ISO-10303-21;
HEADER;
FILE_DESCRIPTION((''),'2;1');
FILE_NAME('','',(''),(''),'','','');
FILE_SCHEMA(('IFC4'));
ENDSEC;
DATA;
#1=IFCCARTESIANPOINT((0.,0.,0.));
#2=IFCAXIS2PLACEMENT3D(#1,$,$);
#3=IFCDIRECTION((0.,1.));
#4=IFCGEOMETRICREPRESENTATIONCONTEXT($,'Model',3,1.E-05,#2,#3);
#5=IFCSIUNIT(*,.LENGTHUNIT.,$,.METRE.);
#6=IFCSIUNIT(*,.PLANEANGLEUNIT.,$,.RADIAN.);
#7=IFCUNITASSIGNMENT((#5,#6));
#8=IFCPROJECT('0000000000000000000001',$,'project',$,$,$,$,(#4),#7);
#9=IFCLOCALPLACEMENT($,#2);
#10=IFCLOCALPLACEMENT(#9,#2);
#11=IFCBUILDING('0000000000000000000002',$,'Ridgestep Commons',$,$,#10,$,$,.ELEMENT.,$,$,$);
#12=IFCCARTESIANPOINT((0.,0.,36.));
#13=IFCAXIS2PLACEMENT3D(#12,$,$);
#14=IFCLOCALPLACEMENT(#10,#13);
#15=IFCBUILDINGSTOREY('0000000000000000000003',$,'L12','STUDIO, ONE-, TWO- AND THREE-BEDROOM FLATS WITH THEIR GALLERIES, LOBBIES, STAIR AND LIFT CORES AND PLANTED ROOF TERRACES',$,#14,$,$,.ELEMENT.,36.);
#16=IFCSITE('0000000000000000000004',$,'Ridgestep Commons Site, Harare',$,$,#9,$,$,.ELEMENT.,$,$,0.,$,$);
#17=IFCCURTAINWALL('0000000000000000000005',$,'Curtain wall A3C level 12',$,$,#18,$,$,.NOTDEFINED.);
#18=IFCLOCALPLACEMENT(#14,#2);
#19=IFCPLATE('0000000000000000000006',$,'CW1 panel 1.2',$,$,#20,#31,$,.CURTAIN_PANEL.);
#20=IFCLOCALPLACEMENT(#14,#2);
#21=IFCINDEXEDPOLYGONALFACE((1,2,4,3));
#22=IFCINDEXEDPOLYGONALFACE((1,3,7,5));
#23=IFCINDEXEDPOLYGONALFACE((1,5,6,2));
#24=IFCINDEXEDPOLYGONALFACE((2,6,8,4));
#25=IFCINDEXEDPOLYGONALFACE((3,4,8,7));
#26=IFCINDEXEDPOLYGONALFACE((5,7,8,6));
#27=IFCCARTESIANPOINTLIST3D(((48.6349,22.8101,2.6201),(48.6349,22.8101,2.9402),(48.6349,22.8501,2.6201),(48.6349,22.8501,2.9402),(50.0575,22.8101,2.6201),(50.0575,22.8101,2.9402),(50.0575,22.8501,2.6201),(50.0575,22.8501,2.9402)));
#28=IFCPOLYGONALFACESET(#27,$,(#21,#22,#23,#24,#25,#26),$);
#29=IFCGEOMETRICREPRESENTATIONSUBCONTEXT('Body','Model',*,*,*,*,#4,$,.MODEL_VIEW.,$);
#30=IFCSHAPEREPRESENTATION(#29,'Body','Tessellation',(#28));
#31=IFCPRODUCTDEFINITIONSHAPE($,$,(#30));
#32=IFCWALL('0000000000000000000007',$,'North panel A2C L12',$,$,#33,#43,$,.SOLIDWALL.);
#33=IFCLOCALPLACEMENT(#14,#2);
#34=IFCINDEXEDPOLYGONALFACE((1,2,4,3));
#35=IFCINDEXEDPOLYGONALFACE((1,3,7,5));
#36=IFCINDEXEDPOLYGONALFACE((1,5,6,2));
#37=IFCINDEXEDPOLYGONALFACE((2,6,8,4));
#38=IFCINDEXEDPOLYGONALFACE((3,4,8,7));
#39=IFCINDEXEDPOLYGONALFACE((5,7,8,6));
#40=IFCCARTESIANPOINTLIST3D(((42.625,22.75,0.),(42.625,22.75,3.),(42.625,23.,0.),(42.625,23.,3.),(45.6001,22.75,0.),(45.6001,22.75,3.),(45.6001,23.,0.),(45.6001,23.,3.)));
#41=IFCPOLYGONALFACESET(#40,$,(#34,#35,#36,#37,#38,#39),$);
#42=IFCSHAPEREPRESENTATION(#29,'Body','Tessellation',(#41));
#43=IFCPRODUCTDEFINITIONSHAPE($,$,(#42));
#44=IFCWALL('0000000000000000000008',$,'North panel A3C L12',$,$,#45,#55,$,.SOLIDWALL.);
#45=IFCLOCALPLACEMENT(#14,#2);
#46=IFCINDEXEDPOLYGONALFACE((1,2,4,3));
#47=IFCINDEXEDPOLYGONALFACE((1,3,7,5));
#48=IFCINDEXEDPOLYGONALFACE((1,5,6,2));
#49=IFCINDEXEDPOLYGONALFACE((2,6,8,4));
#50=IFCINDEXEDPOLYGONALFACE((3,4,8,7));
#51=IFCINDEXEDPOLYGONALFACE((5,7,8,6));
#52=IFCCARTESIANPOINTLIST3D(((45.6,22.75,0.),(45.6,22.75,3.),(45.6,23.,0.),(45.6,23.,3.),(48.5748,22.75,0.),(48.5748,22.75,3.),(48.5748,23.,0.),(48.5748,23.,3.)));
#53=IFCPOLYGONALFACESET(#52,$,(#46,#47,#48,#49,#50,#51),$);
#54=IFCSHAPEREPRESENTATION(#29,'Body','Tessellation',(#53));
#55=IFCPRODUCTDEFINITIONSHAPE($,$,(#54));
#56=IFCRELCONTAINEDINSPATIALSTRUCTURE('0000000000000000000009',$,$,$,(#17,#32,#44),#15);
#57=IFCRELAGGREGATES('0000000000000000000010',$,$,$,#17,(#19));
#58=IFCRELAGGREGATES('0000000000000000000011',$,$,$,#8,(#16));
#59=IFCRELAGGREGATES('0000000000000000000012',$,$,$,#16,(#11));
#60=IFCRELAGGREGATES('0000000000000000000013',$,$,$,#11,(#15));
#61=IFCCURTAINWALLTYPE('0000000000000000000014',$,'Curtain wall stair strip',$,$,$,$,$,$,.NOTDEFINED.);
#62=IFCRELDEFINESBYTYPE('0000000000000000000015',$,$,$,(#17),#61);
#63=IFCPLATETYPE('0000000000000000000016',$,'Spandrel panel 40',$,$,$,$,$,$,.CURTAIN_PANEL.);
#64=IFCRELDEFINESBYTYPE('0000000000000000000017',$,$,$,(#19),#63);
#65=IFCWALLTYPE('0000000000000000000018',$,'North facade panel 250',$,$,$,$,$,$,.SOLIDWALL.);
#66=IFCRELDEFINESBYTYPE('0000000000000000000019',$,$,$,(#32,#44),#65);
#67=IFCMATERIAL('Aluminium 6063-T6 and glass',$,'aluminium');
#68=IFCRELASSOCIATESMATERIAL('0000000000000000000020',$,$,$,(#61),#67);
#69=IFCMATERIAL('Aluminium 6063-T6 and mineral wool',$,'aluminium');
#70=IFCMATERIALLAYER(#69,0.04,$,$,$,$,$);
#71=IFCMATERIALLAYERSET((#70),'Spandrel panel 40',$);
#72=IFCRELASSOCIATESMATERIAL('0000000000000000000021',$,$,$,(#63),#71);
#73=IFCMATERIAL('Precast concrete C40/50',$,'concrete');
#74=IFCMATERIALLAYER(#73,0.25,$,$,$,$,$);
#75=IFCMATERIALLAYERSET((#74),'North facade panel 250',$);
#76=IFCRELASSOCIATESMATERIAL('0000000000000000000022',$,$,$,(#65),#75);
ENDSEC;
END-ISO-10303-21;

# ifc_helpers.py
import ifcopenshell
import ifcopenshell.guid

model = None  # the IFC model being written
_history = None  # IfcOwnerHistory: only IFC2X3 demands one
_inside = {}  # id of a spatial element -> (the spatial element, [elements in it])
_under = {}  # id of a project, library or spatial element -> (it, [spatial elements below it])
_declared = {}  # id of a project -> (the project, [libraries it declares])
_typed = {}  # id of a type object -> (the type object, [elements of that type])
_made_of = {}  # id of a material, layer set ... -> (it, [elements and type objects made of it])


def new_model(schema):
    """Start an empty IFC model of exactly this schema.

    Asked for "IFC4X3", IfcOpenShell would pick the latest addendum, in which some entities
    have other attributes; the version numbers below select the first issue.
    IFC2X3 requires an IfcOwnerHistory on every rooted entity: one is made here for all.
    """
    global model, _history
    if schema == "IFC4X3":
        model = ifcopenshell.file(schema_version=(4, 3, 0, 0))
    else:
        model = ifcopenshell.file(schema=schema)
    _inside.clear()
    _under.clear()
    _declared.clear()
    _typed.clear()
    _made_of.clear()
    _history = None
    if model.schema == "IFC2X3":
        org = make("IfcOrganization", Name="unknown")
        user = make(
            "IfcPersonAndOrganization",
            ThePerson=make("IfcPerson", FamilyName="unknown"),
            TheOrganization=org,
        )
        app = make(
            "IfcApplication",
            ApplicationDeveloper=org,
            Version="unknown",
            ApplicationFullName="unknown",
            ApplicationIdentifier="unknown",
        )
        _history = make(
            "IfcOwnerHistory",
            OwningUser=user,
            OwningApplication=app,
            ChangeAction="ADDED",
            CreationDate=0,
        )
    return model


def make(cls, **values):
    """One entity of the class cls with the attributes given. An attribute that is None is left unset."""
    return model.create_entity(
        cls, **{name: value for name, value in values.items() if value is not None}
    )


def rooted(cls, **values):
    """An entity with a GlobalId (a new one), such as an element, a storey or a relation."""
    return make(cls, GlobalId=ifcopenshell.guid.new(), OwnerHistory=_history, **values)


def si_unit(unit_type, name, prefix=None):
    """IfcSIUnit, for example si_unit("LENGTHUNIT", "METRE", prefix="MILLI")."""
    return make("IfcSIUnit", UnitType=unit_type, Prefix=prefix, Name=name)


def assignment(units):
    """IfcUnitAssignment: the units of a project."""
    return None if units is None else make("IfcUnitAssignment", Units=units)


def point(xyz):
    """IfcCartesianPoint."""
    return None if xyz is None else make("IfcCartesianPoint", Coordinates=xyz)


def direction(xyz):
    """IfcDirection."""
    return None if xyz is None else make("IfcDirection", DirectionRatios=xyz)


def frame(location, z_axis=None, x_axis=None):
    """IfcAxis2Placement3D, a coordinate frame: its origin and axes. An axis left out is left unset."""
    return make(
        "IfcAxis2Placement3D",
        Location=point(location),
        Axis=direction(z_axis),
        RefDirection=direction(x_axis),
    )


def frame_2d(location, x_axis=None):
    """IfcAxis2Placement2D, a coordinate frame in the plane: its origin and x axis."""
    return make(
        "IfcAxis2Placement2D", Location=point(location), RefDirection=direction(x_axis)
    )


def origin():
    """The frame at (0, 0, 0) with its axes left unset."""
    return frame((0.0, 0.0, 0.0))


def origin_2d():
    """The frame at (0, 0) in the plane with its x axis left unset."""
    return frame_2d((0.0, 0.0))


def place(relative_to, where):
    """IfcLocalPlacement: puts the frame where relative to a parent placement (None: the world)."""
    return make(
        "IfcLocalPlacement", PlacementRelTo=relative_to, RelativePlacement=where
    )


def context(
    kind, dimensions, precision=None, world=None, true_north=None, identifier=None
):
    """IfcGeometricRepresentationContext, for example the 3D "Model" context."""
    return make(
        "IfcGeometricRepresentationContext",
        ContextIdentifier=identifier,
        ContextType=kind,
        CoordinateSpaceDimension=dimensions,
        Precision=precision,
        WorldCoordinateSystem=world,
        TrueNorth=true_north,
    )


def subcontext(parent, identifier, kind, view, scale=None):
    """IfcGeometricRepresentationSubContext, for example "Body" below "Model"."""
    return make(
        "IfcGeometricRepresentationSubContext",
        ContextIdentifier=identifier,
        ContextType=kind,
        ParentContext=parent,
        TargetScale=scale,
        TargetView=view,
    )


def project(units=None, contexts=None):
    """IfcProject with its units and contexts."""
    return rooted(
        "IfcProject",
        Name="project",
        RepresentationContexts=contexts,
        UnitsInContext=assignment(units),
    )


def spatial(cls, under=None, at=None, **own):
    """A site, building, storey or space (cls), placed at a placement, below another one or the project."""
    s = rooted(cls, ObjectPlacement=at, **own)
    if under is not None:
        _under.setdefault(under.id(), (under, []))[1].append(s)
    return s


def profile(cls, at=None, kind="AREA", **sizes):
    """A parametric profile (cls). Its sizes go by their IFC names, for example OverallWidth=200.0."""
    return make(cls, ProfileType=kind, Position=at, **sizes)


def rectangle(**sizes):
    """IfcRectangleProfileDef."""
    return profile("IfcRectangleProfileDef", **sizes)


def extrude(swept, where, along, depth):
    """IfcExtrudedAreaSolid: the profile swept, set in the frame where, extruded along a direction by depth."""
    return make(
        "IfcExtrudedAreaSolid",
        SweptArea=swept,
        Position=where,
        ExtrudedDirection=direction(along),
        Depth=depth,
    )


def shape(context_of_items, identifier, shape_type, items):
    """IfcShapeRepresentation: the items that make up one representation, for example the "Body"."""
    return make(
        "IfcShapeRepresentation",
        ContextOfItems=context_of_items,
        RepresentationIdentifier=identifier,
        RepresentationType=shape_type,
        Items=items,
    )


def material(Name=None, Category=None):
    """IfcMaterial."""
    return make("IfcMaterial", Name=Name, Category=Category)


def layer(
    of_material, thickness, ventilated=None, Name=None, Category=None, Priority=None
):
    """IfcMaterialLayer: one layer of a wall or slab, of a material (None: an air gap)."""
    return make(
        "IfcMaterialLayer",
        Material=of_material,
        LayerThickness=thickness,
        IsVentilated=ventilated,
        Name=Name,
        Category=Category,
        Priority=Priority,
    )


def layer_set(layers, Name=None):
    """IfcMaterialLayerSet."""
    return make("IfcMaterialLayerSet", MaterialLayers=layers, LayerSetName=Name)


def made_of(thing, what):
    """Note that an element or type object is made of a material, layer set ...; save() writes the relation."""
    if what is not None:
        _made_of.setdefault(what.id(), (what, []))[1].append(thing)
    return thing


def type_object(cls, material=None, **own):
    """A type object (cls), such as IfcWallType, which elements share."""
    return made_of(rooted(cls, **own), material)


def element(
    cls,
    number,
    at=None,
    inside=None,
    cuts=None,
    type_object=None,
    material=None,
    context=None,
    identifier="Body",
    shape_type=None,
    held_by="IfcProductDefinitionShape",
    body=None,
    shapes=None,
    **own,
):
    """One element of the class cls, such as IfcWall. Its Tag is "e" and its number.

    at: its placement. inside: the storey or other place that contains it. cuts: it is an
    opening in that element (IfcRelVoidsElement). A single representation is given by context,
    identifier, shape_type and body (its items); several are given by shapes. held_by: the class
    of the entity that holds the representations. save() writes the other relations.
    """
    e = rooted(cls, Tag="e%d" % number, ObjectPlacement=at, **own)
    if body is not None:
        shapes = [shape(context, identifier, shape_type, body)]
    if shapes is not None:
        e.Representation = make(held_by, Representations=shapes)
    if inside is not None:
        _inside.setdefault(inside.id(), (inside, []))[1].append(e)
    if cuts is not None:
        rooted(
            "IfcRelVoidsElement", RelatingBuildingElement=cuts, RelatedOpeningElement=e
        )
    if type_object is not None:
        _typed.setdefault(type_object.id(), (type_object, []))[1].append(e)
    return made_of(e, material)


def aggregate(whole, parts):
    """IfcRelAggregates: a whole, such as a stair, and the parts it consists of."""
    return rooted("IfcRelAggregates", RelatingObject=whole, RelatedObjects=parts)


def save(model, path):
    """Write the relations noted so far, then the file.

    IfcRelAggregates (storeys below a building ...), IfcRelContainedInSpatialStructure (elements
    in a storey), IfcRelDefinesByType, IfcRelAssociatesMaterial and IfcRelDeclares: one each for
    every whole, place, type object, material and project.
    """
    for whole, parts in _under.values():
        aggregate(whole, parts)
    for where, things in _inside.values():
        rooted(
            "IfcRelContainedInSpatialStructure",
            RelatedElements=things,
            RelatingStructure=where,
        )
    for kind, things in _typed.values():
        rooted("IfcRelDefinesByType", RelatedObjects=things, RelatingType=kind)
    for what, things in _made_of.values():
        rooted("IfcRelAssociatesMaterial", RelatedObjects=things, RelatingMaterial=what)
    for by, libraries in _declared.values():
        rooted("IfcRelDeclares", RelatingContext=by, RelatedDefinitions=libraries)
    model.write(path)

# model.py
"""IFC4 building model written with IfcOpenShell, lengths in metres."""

from ifc_helpers import new_model, si_unit, direction, frame, frame_2d, origin, origin_2d, place, context, subcontext, project, spatial, rectangle, extrude, material, layer, layer_set, type_object, element, aggregate, save


model = new_model("IFC4")

# Units and contexts
model_context = context("Model", 3, precision=1e-05, world=origin(), true_north=direction((0.0, 1.0)))
body_context = subcontext(model_context, "Body", "Model", "MODEL_VIEW")
ifc_project = project(units=[si_unit("LENGTHUNIT", "METRE"), si_unit("PLANEANGLEUNIT", "RADIAN")], contexts=[model_context])

# Site, building, storey
site_placement = place(None, origin())
site = spatial("IfcSite", under=ifc_project, at=site_placement, Name="Ridgestep Commons Site, Harare", CompositionType="ELEMENT", RefElevation=0.0)
building_placement = place(site_placement, origin())
building = spatial("IfcBuilding", under=site, at=building_placement, Name="Ridgestep Commons", CompositionType="ELEMENT")
storey_placement = place(building_placement, frame((0.0, 0.0, 36.0)))
storey = spatial("IfcBuildingStorey", under=building, at=storey_placement, Name="L12", Description="STUDIO, ONE-, TWO- AND THREE-BEDROOM FLATS WITH THEIR GALLERIES, LOBBIES, STAIR AND LIFT CORES AND PLANTED ROOF TERRACES", CompositionType="ELEMENT", Elevation=36.0)

# Curtain wall
ifc_material_1 = material(Name="Aluminium 6063-T6 and glass", Category="aluminium")
curtain_wall_type = type_object("IfcCurtainWallType", Name="Curtain wall stair strip", PredefinedType="NOTDEFINED", material=ifc_material_1)
curtain_wall_1_placement = place(storey_placement, origin())
curtain_wall_1 = element("IfcCurtainWall", 1, at=curtain_wall_1_placement, inside=storey, type_object=curtain_wall_type, Name="Curtain wall A3C level 12", PredefinedType="NOTDEFINED")

# Plate
ifc_material_2 = material(Name="Aluminium 6063-T6 and mineral wool", Category="aluminium")
ifc_layer_1 = layer(ifc_material_2, 0.04)
ifc_layer_set_1 = layer_set([ifc_layer_1], Name="Spandrel panel 40")
plate_type_1 = type_object("IfcPlateType", Name="Spandrel panel 40", PredefinedType="CURTAIN_PANEL", material=ifc_layer_set_1)
plate_1_placement = place(storey_placement, frame((49.3462, 22.8301, 2.6201), z_axis=(0.0, 0.0, 1.0), x_axis=(1.0, 0.0, 0.0)))
plate_1 = element("IfcPlate", 2, at=plate_1_placement, type_object=plate_type_1, Name="CW1 panel 1.2", PredefinedType="CURTAIN_PANEL", context=body_context, shape_type="SweptSolid", body=[
    extrude(rectangle(XDim=1.4226, YDim=0.04, at=origin_2d()), origin(), (0.0, 0.0, 1.0), 0.3201),
])
aggregate(curtain_wall_1, [plate_1])

# Walls
ifc_material_3 = material(Name="Precast concrete C40/50", Category="concrete")
ifc_layer_2 = layer(ifc_material_3, 0.25)
ifc_layer_set_2 = layer_set([ifc_layer_2], Name="North facade panel 250")
wall_type = type_object("IfcWallType", Name="North facade panel 250", PredefinedType="SOLIDWALL", material=ifc_layer_set_2)
wall_1_placement = place(storey_placement, frame((42.625, 22.875, 0.0), z_axis=(0.0, 0.0, 1.0), x_axis=(1.0, 0.0, 0.0)))
element("IfcWall", 3, at=wall_1_placement, inside=storey, type_object=wall_type, Name="North panel A2C L12", PredefinedType="SOLIDWALL", context=body_context, shape_type="SweptSolid", body=[
    extrude(rectangle(XDim=2.9751, YDim=0.25, at=frame_2d((1.4875, 0.0))), origin(), (0.0, 0.0, 1.0), 3.0),
])
wall_2_placement = place(storey_placement, frame((45.6001, 22.875, 0.0), z_axis=(0.0, 0.0, 1.0), x_axis=(1.0, 0.0, 0.0)))
element("IfcWall", 4, at=wall_2_placement, inside=storey, type_object=wall_type, Name="North panel A3C L12", PredefinedType="SOLIDWALL", context=body_context, shape_type="SweptSolid", body=[
    extrude(rectangle(XDim=2.9749, YDim=0.25, at=frame_2d((1.4873, 0.0))), origin(), (0.0, 0.0, 1.0), 3.0),
])

save(model, "model.ifc")
